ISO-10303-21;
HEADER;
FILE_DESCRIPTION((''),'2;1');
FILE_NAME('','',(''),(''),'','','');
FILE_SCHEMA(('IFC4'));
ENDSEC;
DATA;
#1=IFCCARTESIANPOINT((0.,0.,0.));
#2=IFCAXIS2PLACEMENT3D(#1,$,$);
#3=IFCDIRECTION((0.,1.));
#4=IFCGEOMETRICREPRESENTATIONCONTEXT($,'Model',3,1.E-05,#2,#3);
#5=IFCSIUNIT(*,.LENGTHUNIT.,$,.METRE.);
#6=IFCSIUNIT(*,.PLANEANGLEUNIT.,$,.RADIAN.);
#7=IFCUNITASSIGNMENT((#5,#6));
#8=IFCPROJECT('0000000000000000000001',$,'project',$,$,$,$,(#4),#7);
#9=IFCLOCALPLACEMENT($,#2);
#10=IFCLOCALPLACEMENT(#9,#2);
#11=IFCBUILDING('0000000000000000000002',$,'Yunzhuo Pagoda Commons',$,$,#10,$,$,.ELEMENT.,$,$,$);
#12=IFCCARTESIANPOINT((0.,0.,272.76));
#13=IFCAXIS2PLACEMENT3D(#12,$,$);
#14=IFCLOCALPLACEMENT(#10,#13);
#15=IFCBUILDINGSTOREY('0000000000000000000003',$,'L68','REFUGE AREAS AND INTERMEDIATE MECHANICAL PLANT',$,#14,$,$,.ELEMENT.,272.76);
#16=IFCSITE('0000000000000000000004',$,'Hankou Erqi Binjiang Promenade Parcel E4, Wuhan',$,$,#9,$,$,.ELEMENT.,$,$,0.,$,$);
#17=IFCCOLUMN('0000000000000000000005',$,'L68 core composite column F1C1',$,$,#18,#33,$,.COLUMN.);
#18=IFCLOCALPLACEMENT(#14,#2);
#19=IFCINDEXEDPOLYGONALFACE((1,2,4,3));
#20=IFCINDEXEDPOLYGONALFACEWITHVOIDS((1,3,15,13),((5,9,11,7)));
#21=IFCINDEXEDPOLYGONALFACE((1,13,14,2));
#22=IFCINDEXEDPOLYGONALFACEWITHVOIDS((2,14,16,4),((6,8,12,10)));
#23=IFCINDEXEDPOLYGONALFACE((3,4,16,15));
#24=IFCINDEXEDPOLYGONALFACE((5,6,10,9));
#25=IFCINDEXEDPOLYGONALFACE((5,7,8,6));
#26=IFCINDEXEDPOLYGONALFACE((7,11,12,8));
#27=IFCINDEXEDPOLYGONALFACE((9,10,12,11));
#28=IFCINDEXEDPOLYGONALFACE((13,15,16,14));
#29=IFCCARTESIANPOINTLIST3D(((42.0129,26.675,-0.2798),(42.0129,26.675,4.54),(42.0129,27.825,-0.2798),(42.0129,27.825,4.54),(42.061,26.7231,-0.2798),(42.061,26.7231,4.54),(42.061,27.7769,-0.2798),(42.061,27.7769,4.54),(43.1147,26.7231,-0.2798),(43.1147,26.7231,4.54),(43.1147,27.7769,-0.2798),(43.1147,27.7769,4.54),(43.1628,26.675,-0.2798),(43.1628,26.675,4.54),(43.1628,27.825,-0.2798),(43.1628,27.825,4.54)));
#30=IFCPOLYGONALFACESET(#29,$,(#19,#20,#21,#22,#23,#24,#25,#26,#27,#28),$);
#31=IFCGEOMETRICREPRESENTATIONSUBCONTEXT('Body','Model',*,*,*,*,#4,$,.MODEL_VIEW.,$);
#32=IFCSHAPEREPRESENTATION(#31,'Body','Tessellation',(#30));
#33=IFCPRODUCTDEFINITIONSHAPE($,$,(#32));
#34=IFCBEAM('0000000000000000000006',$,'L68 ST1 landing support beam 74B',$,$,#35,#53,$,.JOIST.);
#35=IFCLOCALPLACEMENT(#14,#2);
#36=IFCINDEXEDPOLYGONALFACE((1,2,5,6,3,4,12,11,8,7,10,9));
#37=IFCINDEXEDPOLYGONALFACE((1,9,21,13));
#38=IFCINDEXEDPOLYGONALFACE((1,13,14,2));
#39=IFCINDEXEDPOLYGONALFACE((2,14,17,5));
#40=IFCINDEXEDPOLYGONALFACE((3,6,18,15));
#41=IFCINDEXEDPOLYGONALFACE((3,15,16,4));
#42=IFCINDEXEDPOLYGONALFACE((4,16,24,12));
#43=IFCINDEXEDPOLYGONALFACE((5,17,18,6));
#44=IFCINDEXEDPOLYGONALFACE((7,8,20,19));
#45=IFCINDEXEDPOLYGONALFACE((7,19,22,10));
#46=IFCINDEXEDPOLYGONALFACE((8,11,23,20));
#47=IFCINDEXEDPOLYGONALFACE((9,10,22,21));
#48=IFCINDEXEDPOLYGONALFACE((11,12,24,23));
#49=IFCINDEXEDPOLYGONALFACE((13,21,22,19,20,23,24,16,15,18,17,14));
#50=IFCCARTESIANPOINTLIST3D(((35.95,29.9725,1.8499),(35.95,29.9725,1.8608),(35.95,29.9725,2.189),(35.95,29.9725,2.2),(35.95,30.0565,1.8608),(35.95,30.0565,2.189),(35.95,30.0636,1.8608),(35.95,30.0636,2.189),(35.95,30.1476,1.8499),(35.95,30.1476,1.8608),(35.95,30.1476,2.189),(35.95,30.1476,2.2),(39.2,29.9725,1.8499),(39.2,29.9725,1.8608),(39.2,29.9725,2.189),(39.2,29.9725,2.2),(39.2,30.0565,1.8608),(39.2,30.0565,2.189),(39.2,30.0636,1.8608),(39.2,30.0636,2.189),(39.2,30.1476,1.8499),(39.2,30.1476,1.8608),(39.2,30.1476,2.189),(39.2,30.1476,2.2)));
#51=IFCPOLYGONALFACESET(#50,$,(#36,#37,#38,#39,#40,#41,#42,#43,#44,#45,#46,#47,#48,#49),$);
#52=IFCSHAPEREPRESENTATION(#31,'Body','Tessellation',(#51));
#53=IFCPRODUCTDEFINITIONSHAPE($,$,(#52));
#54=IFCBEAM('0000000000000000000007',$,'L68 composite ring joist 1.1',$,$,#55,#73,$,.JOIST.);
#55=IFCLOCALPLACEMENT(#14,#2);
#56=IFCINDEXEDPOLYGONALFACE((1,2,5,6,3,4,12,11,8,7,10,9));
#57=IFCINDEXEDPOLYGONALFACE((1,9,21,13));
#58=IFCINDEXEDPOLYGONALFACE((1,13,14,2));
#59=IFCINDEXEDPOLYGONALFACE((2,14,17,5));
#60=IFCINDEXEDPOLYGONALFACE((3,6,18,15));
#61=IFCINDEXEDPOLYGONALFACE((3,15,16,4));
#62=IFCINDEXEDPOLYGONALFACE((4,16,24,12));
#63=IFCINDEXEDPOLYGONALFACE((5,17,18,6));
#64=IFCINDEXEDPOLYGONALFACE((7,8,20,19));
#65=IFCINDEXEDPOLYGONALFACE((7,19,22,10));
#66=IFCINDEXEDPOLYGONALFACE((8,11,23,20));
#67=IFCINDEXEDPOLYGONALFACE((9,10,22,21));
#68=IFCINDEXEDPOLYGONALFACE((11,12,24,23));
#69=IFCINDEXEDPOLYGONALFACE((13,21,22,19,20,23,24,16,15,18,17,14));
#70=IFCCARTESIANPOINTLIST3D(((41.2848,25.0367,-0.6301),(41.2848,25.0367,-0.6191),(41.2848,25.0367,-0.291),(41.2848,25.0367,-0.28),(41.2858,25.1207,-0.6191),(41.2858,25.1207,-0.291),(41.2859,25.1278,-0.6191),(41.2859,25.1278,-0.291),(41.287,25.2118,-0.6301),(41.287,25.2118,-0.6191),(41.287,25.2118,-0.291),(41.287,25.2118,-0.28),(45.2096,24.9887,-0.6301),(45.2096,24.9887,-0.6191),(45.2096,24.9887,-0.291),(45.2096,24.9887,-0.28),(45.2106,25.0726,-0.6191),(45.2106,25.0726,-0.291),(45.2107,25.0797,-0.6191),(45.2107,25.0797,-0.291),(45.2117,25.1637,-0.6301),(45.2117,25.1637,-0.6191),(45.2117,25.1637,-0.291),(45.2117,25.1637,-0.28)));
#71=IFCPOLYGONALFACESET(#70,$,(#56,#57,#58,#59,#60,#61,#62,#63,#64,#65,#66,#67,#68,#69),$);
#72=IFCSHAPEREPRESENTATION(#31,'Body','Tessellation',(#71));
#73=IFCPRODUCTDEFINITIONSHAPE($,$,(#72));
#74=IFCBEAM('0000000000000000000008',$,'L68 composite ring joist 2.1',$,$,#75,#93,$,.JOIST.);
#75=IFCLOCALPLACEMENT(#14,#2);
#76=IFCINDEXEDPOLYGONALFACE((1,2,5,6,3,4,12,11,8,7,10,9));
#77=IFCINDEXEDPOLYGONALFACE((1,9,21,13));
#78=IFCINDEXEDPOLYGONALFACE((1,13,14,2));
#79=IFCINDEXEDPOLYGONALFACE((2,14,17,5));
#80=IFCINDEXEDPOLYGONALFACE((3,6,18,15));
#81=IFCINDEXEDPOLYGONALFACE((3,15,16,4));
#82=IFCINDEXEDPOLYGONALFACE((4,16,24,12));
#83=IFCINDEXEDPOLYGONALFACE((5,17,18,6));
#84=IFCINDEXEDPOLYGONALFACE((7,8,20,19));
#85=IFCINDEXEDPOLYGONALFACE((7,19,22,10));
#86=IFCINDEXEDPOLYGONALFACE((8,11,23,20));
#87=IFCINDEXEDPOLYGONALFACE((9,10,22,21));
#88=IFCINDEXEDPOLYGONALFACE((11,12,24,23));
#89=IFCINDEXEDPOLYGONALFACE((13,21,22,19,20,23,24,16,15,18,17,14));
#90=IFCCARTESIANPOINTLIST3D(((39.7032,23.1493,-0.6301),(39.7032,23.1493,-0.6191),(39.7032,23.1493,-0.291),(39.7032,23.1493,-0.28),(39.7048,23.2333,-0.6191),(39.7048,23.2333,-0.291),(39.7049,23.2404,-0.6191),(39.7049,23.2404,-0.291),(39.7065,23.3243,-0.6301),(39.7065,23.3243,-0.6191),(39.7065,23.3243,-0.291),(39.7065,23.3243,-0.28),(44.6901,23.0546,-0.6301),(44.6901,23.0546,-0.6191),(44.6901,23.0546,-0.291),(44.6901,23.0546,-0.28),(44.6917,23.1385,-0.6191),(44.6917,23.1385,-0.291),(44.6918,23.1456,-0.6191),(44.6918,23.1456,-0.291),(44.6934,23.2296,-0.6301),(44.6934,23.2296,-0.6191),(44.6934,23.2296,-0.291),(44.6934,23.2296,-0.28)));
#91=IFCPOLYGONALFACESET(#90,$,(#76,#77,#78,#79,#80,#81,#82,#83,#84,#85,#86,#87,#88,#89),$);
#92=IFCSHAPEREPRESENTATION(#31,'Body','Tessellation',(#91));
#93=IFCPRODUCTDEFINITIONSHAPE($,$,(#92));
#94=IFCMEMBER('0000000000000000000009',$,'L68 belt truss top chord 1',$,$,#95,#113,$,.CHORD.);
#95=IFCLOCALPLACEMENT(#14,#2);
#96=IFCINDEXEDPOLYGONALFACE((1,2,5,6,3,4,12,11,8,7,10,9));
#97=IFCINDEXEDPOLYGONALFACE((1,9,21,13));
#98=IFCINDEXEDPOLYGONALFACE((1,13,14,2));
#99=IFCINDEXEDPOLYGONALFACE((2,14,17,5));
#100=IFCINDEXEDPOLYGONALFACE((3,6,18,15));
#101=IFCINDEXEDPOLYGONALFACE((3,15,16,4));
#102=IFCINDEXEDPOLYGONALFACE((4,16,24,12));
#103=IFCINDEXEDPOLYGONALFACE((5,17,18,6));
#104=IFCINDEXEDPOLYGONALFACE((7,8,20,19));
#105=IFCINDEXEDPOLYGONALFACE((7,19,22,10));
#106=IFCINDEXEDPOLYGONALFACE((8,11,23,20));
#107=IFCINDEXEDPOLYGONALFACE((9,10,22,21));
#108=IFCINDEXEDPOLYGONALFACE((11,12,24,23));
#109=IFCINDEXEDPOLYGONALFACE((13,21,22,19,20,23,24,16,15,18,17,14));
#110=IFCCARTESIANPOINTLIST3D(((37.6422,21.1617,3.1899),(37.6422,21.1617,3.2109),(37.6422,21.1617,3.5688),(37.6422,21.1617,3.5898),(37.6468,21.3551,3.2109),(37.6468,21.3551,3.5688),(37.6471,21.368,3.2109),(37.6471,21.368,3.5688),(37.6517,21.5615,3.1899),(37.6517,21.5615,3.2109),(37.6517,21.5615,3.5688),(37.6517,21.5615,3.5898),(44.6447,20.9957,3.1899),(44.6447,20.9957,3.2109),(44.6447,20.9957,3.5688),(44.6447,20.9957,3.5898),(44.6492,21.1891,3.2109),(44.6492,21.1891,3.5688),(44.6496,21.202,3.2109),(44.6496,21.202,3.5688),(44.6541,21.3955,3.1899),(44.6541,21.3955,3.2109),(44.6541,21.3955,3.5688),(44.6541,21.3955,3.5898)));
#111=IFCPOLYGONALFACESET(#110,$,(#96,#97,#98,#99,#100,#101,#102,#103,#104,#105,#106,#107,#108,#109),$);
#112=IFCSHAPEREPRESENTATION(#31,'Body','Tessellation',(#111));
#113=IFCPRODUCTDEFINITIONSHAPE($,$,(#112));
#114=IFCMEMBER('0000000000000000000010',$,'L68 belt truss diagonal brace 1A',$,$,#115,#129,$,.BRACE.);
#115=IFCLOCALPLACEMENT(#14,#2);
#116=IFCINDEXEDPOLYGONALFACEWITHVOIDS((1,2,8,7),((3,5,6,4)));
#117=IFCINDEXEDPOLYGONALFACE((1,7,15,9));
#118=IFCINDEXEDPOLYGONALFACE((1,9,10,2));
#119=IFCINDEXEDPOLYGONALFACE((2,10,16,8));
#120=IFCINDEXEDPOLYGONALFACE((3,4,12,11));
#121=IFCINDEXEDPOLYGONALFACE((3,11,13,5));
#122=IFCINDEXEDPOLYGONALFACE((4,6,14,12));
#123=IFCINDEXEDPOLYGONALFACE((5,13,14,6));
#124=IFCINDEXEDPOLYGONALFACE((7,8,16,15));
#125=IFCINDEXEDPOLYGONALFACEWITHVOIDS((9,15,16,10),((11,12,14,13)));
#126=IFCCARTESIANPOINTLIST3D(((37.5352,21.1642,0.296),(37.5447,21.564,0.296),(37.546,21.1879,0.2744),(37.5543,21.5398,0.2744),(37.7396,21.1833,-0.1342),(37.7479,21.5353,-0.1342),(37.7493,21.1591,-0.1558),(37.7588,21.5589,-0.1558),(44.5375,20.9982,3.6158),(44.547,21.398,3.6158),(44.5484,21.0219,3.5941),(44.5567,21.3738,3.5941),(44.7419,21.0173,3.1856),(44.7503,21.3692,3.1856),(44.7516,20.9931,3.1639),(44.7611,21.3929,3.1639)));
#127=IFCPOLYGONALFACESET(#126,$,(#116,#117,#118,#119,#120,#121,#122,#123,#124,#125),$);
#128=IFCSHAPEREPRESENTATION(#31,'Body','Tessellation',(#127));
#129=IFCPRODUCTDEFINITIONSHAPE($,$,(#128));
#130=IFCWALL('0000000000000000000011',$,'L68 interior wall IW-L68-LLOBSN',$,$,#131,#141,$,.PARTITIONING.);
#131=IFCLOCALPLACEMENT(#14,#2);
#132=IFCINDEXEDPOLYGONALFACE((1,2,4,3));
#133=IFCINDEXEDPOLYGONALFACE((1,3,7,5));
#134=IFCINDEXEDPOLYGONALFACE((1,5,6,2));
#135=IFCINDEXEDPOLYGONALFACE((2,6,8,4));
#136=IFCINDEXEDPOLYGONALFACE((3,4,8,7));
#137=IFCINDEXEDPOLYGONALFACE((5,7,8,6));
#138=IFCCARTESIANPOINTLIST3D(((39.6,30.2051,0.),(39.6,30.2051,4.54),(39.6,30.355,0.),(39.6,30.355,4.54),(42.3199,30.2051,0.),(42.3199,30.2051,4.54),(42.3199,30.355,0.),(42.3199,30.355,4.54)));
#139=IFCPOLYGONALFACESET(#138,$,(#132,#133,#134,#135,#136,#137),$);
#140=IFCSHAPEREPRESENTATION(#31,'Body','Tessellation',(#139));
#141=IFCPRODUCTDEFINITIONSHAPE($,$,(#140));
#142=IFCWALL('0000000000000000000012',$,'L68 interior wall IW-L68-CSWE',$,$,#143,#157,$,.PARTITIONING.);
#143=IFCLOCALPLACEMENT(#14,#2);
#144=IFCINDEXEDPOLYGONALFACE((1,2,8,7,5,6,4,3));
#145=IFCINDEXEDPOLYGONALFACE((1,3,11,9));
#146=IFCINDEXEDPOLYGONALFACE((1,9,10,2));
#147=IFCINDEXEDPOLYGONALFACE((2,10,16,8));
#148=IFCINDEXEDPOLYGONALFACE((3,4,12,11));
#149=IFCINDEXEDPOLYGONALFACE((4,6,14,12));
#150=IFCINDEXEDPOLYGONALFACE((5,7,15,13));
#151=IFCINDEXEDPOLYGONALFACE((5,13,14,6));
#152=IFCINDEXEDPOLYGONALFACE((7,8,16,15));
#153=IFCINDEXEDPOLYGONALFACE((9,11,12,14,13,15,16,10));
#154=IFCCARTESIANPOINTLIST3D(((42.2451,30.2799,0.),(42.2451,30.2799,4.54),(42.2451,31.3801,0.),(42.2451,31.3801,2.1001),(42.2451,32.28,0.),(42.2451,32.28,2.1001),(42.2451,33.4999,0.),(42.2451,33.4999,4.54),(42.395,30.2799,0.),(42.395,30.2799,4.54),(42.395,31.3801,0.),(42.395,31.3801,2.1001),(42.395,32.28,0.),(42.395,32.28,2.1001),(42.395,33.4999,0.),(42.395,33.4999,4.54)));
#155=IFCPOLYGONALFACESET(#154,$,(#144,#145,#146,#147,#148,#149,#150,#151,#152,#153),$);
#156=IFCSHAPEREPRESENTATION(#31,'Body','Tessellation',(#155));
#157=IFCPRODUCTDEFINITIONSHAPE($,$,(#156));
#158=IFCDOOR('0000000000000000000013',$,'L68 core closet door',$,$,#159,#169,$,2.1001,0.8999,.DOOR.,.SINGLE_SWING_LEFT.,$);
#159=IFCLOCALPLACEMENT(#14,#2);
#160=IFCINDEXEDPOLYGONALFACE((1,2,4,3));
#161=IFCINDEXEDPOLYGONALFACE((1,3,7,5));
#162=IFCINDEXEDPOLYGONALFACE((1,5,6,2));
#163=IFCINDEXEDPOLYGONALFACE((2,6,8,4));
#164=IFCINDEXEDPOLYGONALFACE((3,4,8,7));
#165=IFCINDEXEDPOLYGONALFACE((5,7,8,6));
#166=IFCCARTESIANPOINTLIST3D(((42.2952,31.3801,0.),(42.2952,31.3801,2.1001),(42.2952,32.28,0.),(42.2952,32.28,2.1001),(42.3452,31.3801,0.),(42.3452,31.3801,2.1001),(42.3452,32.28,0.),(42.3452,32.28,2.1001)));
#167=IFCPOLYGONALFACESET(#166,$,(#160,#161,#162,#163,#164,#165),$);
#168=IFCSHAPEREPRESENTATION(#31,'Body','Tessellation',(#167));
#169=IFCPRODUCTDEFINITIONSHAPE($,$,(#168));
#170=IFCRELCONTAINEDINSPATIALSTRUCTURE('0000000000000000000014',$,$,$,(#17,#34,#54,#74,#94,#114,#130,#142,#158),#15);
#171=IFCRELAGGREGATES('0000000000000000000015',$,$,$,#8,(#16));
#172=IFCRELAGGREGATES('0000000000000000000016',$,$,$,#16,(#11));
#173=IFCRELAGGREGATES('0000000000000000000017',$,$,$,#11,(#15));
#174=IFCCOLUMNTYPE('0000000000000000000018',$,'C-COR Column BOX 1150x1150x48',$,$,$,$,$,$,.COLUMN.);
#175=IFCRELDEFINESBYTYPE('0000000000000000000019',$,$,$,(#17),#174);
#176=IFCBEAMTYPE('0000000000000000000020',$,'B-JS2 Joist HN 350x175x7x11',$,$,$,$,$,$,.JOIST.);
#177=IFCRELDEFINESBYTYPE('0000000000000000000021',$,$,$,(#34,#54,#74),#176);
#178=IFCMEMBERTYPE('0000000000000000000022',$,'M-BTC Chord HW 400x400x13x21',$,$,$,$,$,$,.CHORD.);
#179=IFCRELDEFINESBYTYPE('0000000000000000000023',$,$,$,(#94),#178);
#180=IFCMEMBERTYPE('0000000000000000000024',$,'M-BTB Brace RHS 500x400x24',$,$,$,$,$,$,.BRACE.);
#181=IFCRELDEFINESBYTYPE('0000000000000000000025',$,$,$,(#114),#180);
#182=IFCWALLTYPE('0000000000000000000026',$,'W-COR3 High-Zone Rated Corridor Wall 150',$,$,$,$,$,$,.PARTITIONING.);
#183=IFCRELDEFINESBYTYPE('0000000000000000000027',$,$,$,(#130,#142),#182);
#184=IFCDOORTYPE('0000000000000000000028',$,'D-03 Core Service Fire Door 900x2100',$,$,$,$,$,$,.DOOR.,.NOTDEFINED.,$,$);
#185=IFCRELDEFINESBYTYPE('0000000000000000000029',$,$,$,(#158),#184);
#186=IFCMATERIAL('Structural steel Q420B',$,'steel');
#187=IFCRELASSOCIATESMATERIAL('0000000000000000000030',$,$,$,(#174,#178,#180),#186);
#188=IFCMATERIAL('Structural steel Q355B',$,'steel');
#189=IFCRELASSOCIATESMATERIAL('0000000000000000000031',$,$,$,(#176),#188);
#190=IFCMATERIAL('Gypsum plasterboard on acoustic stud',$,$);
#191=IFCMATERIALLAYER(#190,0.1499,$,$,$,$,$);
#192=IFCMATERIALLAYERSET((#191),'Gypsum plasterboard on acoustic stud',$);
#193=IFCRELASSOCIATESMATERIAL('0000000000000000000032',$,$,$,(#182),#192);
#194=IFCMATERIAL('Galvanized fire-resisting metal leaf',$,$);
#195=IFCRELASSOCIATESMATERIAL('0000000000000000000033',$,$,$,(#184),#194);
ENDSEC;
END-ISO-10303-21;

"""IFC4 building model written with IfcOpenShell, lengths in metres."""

from ifc_helpers import new_model, si_unit, direction, frame, frame_2d, origin, origin_with_axes, origin_2d, place, context, subcontext, project, spatial, rectangle, hollow_rectangle, i_section, extrude, source, transform, mapped, material, layer, layer_set, material_profile, profile_set, type_object, element, fill, save


model = new_model("IFC4")

# Units and contexts
model_context = context("Model", 3, precision=1e-05, world=origin(), true_north=direction((0.0, 1.0)))
body_context = subcontext(model_context, "Body", "Model", "MODEL_VIEW")
ifc_project = project(units=[si_unit("LENGTHUNIT", "METRE"), si_unit("PLANEANGLEUNIT", "RADIAN")], contexts=[model_context])

# Site, building, storey
site_placement = place(None, origin())
site = spatial("IfcSite", under=ifc_project, at=site_placement, Name="Hankou Erqi Binjiang Promenade Parcel E4, Wuhan", CompositionType="ELEMENT", RefElevation=0.0)
building_placement = place(site_placement, origin())
building = spatial("IfcBuilding", under=site, at=building_placement, Name="Yunzhuo Pagoda Commons", CompositionType="ELEMENT")
storey_placement = place(building_placement, frame((0.0, 0.0, 272.76)))
storey = spatial("IfcBuildingStorey", under=building, at=storey_placement, Name="L68", Description="REFUGE AREAS AND INTERMEDIATE MECHANICAL PLANT", CompositionType="ELEMENT", Elevation=272.76)

# Column
ifc_material_1 = material(Name="Structural steel Q420B", Category="steel")
ifc_material_profile_1 = material_profile(ifc_material_1, hollow_rectangle(XDim=1.1499, YDim=1.1499, WallThickness=0.0481, at=origin_2d()), Name="Structural steel Q420B")
ifc_profile_set_1 = profile_set([ifc_material_profile_1], Name="Structural steel Q420B")
column_type = type_object("IfcColumnType", Name="C-COR Column BOX 1150x1150x48", PredefinedType="COLUMN", material=ifc_profile_set_1)
shared_shape_1 = source(origin(), body_context, "Body", "SweptSolid", [
    extrude(hollow_rectangle(XDim=1.1499, YDim=1.1499, WallThickness=0.0481, at=origin_2d()), origin(), (0.0, 0.0, 1.0), 4.8198),
])
column_placement = place(storey_placement, frame((42.5879, 27.25, -0.2798), z_axis=(0.0, 0.0, 1.0), x_axis=(1.0, 0.0, 0.0)))
element("IfcColumn", 1, at=column_placement, inside=storey, type_object=column_type, Name="L68 core composite column F1C1", PredefinedType="COLUMN", context=body_context, shape_type="MappedRepresentation", body=[
    mapped(shared_shape_1, transform((0.0, 0.0, 0.0), scale=1.0)),
])

# Beams
ifc_material_2 = material(Name="Structural steel Q355B", Category="steel")
ifc_material_profile_2 = material_profile(ifc_material_2, i_section(OverallWidth=0.175, OverallDepth=0.3501, WebThickness=0.0071, FlangeThickness=0.011, at=origin_2d()), Name="Structural steel Q355B")
ifc_profile_set_2 = profile_set([ifc_material_profile_2], Name="Structural steel Q355B")
beam_type = type_object("IfcBeamType", Name="B-JS2 Joist HN 350x175x7x11", PredefinedType="JOIST", material=ifc_profile_set_2)
shared_shape_2 = source(origin(), body_context, "Body", "SweptSolid", [
    extrude(i_section(OverallWidth=0.175, OverallDepth=0.3501, WebThickness=0.0071, FlangeThickness=0.011, at=origin_2d()), origin(), (0.0, 0.0, 1.0), 3.25),
])
beam_1_placement = place(storey_placement, frame((35.95, 30.0601, 2.0249), z_axis=(1.0, 0.0, 0.0), x_axis=(0.0, 1.0, 0.0)))
element("IfcBeam", 2, at=beam_1_placement, inside=storey, type_object=beam_type, Name="L68 ST1 landing support beam 74B", PredefinedType="JOIST", context=body_context, shape_type="MappedRepresentation", body=[
    mapped(shared_shape_2, transform((0.0, 0.0, 0.0), scale=1.0)),
])
shared_shape_3 = source(origin(), body_context, "Body", "SweptSolid", [
    extrude(i_section(OverallWidth=0.175, OverallDepth=0.3501, WebThickness=0.0071, FlangeThickness=0.011, at=origin_2d()), origin(), (0.0, 0.0, 1.0), 3.925),
])
beam_2_placement = place(storey_placement, frame((41.2859, 25.1243, -0.4551), z_axis=(0.999925, -0.012253, 0.0), x_axis=(0.012253, 0.999925, 0.0)))
element("IfcBeam", 3, at=beam_2_placement, inside=storey, type_object=beam_type, Name="L68 composite ring joist 1.1", PredefinedType="JOIST", context=body_context, shape_type="MappedRepresentation", body=[
    mapped(shared_shape_3, transform((0.0, 0.0, 0.0), scale=1.0)),
])
shared_shape_4 = source(origin(), body_context, "Body", "SweptSolid", [
    extrude(i_section(OverallWidth=0.175, OverallDepth=0.3501, WebThickness=0.0071, FlangeThickness=0.011, at=origin_2d()), origin(), (0.0, 0.0, 1.0), 4.9878),
])
beam_3_placement = place(storey_placement, frame((39.7048, 23.2368, -0.4551), z_axis=(0.99982, -0.018992, 0.0), x_axis=(0.018992, 0.99982, 0.0)))
element("IfcBeam", 4, at=beam_3_placement, inside=storey, type_object=beam_type, Name="L68 composite ring joist 2.1", PredefinedType="JOIST", context=body_context, shape_type="MappedRepresentation", body=[
    mapped(shared_shape_4, transform((0.0, 0.0, 0.0), scale=1.0)),
])

# Members
ifc_material_profile_3 = material_profile(ifc_material_1, i_section(OverallWidth=0.3999, OverallDepth=0.3999, WebThickness=0.0129, FlangeThickness=0.021, at=origin_2d()), Name="Structural steel Q420B")
ifc_profile_set_3 = profile_set([ifc_material_profile_3], Name="Structural steel Q420B")
member_type_1 = type_object("IfcMemberType", Name="M-BTC Chord HW 400x400x13x21", PredefinedType="CHORD", material=ifc_profile_set_3)
shared_shape_5 = source(origin(), body_context, "Body", "SweptSolid", [
    extrude(i_section(OverallWidth=0.3999, OverallDepth=0.3999, WebThickness=0.0129, FlangeThickness=0.021, at=origin_2d()), origin(), (0.0, 0.0, 1.0), 7.0044),
])
member_1_placement = place(storey_placement, frame((37.647, 21.3616, 3.3899), z_axis=(0.999719, -0.023702, 0.0), x_axis=(0.023702, 0.999719, 0.0)))
element("IfcMember", 5, at=member_1_placement, inside=storey, type_object=member_type_1, Name="L68 belt truss top chord 1", PredefinedType="CHORD", context=body_context, shape_type="MappedRepresentation", body=[
    mapped(shared_shape_5, transform((0.0, 0.0, 0.0), scale=1.0)),
])
ifc_material_profile_4 = material_profile(ifc_material_1, hollow_rectangle(XDim=0.3999, YDim=0.5, WallThickness=0.0239, at=origin_2d()), Name="Structural steel Q420B")
ifc_profile_set_4 = profile_set([ifc_material_profile_4], Name="Structural steel Q420B")
member_type_2 = type_object("IfcMemberType", Name="M-BTB Brace RHS 500x400x24", PredefinedType="BRACE", material=ifc_profile_set_4)
shared_shape_6 = source(origin(), body_context, "Body", "SweptSolid", [
    extrude(hollow_rectangle(XDim=0.3999, YDim=0.5, WallThickness=0.0239, at=origin_2d()), origin(), (0.0, 0.0, 1.0), 7.7512),
])
member_2_placement = place(storey_placement, frame((37.647, 21.3616, 0.0701), z_axis=(0.903387, -0.021418, 0.428291), x_axis=(0.023702, 0.999719, 0.0)))
element("IfcMember", 6, at=member_2_placement, inside=storey, type_object=member_type_2, Name="L68 belt truss diagonal brace 1A", PredefinedType="BRACE", context=body_context, shape_type="MappedRepresentation", body=[
    mapped(shared_shape_6, transform((0.0, 0.0, 0.0), scale=1.0)),
])

# Wall
ifc_material_3 = material(Name="Gypsum plasterboard on acoustic stud")
ifc_layer_1 = layer(ifc_material_3, 0.1499)
ifc_layer_set_1 = layer_set([ifc_layer_1], Name="Gypsum plasterboard on acoustic stud")
wall_type_1 = type_object("IfcWallType", Name="W-COR3 High-Zone Rated Corridor Wall 150", PredefinedType="PARTITIONING", material=ifc_layer_set_1)
wall_1_placement = place(storey_placement, frame((39.6001, 30.28, 0.0), z_axis=(0.0, 0.0, 1.0), x_axis=(1.0, 0.0, 0.0)))
element("IfcWall", 7, at=wall_1_placement, inside=storey, type_object=wall_type_1, Name="L68 interior wall IW-L68-LLOBSN", PredefinedType="PARTITIONING", context=body_context, shape_type="SweptSolid", body=[
    extrude(rectangle(XDim=2.72, YDim=0.1499, at=frame_2d((1.3599, 0.0))), origin(), (0.0, 0.0, 1.0), 4.54),
])

# Wall, opening, door
wall_2_placement = place(storey_placement, frame((42.3201, 30.28, 0.0), z_axis=(0.0, 0.0, 1.0), x_axis=(0.0, 1.0, 0.0)))
wall_2 = element("IfcWall", 8, at=wall_2_placement, inside=storey, type_object=wall_type_1, Name="L68 interior wall IW-L68-CSWE", PredefinedType="PARTITIONING", context=body_context, shape_type="SweptSolid", body=[
    extrude(rectangle(XDim=3.22, YDim=0.1499, at=frame_2d((1.6099, 0.0))), origin(), (0.0, 0.0, 1.0), 4.54),
])
opening_1_placement = place(wall_2_placement, frame((1.1001, 0.0, 0.0)))
opening_1 = element("IfcOpeningElement", 9, at=opening_1_placement, cuts=wall_2, PredefinedType="OPENING", context=body_context, shape_type="SweptSolid", body=[
    extrude(rectangle(XDim=0.8999, YDim=2.1001, at=frame_2d((0.45, 1.05))), frame((0.0, 0.085, 0.0), z_axis=(0.0, -1.0, 0.0), x_axis=(1.0, 0.0, 0.0)), (0.0, 0.0, 1.0), 0.1699),
])
ifc_material_4 = material(Name="Galvanized fire-resisting metal leaf")
door_type_1 = type_object("IfcDoorType", Name="D-03 Core Service Fire Door 900x2100", OperationType="NOTDEFINED", PredefinedType="DOOR", material=ifc_material_4)
shared_shape_7 = source(origin(), body_context, "Body", "SweptSolid", [
    extrude(rectangle(XDim=0.8999, YDim=2.1001, at=frame_2d((0.45, 1.05))), frame((0.0, 0.0249, 0.0), z_axis=(0.0, -1.0, 0.0), x_axis=(1.0, 0.0, 0.0)), (0.0, 0.0, 1.0), 0.05),
])
door_1_placement = place(opening_1_placement, origin_with_axes())
door_1 = element("IfcDoor", 10, at=door_1_placement, inside=storey, type_object=door_type_1, Name="L68 core closet door", OperationType="SINGLE_SWING_LEFT", OverallHeight=2.1001, OverallWidth=0.8999, PredefinedType="DOOR", context=body_context, shape_type="MappedRepresentation", body=[
    mapped(shared_shape_7, transform((0.0, 0.0, 0.0), scale=1.0)),
])
fill(opening_1, door_1)

save(model, "model.ifc")
